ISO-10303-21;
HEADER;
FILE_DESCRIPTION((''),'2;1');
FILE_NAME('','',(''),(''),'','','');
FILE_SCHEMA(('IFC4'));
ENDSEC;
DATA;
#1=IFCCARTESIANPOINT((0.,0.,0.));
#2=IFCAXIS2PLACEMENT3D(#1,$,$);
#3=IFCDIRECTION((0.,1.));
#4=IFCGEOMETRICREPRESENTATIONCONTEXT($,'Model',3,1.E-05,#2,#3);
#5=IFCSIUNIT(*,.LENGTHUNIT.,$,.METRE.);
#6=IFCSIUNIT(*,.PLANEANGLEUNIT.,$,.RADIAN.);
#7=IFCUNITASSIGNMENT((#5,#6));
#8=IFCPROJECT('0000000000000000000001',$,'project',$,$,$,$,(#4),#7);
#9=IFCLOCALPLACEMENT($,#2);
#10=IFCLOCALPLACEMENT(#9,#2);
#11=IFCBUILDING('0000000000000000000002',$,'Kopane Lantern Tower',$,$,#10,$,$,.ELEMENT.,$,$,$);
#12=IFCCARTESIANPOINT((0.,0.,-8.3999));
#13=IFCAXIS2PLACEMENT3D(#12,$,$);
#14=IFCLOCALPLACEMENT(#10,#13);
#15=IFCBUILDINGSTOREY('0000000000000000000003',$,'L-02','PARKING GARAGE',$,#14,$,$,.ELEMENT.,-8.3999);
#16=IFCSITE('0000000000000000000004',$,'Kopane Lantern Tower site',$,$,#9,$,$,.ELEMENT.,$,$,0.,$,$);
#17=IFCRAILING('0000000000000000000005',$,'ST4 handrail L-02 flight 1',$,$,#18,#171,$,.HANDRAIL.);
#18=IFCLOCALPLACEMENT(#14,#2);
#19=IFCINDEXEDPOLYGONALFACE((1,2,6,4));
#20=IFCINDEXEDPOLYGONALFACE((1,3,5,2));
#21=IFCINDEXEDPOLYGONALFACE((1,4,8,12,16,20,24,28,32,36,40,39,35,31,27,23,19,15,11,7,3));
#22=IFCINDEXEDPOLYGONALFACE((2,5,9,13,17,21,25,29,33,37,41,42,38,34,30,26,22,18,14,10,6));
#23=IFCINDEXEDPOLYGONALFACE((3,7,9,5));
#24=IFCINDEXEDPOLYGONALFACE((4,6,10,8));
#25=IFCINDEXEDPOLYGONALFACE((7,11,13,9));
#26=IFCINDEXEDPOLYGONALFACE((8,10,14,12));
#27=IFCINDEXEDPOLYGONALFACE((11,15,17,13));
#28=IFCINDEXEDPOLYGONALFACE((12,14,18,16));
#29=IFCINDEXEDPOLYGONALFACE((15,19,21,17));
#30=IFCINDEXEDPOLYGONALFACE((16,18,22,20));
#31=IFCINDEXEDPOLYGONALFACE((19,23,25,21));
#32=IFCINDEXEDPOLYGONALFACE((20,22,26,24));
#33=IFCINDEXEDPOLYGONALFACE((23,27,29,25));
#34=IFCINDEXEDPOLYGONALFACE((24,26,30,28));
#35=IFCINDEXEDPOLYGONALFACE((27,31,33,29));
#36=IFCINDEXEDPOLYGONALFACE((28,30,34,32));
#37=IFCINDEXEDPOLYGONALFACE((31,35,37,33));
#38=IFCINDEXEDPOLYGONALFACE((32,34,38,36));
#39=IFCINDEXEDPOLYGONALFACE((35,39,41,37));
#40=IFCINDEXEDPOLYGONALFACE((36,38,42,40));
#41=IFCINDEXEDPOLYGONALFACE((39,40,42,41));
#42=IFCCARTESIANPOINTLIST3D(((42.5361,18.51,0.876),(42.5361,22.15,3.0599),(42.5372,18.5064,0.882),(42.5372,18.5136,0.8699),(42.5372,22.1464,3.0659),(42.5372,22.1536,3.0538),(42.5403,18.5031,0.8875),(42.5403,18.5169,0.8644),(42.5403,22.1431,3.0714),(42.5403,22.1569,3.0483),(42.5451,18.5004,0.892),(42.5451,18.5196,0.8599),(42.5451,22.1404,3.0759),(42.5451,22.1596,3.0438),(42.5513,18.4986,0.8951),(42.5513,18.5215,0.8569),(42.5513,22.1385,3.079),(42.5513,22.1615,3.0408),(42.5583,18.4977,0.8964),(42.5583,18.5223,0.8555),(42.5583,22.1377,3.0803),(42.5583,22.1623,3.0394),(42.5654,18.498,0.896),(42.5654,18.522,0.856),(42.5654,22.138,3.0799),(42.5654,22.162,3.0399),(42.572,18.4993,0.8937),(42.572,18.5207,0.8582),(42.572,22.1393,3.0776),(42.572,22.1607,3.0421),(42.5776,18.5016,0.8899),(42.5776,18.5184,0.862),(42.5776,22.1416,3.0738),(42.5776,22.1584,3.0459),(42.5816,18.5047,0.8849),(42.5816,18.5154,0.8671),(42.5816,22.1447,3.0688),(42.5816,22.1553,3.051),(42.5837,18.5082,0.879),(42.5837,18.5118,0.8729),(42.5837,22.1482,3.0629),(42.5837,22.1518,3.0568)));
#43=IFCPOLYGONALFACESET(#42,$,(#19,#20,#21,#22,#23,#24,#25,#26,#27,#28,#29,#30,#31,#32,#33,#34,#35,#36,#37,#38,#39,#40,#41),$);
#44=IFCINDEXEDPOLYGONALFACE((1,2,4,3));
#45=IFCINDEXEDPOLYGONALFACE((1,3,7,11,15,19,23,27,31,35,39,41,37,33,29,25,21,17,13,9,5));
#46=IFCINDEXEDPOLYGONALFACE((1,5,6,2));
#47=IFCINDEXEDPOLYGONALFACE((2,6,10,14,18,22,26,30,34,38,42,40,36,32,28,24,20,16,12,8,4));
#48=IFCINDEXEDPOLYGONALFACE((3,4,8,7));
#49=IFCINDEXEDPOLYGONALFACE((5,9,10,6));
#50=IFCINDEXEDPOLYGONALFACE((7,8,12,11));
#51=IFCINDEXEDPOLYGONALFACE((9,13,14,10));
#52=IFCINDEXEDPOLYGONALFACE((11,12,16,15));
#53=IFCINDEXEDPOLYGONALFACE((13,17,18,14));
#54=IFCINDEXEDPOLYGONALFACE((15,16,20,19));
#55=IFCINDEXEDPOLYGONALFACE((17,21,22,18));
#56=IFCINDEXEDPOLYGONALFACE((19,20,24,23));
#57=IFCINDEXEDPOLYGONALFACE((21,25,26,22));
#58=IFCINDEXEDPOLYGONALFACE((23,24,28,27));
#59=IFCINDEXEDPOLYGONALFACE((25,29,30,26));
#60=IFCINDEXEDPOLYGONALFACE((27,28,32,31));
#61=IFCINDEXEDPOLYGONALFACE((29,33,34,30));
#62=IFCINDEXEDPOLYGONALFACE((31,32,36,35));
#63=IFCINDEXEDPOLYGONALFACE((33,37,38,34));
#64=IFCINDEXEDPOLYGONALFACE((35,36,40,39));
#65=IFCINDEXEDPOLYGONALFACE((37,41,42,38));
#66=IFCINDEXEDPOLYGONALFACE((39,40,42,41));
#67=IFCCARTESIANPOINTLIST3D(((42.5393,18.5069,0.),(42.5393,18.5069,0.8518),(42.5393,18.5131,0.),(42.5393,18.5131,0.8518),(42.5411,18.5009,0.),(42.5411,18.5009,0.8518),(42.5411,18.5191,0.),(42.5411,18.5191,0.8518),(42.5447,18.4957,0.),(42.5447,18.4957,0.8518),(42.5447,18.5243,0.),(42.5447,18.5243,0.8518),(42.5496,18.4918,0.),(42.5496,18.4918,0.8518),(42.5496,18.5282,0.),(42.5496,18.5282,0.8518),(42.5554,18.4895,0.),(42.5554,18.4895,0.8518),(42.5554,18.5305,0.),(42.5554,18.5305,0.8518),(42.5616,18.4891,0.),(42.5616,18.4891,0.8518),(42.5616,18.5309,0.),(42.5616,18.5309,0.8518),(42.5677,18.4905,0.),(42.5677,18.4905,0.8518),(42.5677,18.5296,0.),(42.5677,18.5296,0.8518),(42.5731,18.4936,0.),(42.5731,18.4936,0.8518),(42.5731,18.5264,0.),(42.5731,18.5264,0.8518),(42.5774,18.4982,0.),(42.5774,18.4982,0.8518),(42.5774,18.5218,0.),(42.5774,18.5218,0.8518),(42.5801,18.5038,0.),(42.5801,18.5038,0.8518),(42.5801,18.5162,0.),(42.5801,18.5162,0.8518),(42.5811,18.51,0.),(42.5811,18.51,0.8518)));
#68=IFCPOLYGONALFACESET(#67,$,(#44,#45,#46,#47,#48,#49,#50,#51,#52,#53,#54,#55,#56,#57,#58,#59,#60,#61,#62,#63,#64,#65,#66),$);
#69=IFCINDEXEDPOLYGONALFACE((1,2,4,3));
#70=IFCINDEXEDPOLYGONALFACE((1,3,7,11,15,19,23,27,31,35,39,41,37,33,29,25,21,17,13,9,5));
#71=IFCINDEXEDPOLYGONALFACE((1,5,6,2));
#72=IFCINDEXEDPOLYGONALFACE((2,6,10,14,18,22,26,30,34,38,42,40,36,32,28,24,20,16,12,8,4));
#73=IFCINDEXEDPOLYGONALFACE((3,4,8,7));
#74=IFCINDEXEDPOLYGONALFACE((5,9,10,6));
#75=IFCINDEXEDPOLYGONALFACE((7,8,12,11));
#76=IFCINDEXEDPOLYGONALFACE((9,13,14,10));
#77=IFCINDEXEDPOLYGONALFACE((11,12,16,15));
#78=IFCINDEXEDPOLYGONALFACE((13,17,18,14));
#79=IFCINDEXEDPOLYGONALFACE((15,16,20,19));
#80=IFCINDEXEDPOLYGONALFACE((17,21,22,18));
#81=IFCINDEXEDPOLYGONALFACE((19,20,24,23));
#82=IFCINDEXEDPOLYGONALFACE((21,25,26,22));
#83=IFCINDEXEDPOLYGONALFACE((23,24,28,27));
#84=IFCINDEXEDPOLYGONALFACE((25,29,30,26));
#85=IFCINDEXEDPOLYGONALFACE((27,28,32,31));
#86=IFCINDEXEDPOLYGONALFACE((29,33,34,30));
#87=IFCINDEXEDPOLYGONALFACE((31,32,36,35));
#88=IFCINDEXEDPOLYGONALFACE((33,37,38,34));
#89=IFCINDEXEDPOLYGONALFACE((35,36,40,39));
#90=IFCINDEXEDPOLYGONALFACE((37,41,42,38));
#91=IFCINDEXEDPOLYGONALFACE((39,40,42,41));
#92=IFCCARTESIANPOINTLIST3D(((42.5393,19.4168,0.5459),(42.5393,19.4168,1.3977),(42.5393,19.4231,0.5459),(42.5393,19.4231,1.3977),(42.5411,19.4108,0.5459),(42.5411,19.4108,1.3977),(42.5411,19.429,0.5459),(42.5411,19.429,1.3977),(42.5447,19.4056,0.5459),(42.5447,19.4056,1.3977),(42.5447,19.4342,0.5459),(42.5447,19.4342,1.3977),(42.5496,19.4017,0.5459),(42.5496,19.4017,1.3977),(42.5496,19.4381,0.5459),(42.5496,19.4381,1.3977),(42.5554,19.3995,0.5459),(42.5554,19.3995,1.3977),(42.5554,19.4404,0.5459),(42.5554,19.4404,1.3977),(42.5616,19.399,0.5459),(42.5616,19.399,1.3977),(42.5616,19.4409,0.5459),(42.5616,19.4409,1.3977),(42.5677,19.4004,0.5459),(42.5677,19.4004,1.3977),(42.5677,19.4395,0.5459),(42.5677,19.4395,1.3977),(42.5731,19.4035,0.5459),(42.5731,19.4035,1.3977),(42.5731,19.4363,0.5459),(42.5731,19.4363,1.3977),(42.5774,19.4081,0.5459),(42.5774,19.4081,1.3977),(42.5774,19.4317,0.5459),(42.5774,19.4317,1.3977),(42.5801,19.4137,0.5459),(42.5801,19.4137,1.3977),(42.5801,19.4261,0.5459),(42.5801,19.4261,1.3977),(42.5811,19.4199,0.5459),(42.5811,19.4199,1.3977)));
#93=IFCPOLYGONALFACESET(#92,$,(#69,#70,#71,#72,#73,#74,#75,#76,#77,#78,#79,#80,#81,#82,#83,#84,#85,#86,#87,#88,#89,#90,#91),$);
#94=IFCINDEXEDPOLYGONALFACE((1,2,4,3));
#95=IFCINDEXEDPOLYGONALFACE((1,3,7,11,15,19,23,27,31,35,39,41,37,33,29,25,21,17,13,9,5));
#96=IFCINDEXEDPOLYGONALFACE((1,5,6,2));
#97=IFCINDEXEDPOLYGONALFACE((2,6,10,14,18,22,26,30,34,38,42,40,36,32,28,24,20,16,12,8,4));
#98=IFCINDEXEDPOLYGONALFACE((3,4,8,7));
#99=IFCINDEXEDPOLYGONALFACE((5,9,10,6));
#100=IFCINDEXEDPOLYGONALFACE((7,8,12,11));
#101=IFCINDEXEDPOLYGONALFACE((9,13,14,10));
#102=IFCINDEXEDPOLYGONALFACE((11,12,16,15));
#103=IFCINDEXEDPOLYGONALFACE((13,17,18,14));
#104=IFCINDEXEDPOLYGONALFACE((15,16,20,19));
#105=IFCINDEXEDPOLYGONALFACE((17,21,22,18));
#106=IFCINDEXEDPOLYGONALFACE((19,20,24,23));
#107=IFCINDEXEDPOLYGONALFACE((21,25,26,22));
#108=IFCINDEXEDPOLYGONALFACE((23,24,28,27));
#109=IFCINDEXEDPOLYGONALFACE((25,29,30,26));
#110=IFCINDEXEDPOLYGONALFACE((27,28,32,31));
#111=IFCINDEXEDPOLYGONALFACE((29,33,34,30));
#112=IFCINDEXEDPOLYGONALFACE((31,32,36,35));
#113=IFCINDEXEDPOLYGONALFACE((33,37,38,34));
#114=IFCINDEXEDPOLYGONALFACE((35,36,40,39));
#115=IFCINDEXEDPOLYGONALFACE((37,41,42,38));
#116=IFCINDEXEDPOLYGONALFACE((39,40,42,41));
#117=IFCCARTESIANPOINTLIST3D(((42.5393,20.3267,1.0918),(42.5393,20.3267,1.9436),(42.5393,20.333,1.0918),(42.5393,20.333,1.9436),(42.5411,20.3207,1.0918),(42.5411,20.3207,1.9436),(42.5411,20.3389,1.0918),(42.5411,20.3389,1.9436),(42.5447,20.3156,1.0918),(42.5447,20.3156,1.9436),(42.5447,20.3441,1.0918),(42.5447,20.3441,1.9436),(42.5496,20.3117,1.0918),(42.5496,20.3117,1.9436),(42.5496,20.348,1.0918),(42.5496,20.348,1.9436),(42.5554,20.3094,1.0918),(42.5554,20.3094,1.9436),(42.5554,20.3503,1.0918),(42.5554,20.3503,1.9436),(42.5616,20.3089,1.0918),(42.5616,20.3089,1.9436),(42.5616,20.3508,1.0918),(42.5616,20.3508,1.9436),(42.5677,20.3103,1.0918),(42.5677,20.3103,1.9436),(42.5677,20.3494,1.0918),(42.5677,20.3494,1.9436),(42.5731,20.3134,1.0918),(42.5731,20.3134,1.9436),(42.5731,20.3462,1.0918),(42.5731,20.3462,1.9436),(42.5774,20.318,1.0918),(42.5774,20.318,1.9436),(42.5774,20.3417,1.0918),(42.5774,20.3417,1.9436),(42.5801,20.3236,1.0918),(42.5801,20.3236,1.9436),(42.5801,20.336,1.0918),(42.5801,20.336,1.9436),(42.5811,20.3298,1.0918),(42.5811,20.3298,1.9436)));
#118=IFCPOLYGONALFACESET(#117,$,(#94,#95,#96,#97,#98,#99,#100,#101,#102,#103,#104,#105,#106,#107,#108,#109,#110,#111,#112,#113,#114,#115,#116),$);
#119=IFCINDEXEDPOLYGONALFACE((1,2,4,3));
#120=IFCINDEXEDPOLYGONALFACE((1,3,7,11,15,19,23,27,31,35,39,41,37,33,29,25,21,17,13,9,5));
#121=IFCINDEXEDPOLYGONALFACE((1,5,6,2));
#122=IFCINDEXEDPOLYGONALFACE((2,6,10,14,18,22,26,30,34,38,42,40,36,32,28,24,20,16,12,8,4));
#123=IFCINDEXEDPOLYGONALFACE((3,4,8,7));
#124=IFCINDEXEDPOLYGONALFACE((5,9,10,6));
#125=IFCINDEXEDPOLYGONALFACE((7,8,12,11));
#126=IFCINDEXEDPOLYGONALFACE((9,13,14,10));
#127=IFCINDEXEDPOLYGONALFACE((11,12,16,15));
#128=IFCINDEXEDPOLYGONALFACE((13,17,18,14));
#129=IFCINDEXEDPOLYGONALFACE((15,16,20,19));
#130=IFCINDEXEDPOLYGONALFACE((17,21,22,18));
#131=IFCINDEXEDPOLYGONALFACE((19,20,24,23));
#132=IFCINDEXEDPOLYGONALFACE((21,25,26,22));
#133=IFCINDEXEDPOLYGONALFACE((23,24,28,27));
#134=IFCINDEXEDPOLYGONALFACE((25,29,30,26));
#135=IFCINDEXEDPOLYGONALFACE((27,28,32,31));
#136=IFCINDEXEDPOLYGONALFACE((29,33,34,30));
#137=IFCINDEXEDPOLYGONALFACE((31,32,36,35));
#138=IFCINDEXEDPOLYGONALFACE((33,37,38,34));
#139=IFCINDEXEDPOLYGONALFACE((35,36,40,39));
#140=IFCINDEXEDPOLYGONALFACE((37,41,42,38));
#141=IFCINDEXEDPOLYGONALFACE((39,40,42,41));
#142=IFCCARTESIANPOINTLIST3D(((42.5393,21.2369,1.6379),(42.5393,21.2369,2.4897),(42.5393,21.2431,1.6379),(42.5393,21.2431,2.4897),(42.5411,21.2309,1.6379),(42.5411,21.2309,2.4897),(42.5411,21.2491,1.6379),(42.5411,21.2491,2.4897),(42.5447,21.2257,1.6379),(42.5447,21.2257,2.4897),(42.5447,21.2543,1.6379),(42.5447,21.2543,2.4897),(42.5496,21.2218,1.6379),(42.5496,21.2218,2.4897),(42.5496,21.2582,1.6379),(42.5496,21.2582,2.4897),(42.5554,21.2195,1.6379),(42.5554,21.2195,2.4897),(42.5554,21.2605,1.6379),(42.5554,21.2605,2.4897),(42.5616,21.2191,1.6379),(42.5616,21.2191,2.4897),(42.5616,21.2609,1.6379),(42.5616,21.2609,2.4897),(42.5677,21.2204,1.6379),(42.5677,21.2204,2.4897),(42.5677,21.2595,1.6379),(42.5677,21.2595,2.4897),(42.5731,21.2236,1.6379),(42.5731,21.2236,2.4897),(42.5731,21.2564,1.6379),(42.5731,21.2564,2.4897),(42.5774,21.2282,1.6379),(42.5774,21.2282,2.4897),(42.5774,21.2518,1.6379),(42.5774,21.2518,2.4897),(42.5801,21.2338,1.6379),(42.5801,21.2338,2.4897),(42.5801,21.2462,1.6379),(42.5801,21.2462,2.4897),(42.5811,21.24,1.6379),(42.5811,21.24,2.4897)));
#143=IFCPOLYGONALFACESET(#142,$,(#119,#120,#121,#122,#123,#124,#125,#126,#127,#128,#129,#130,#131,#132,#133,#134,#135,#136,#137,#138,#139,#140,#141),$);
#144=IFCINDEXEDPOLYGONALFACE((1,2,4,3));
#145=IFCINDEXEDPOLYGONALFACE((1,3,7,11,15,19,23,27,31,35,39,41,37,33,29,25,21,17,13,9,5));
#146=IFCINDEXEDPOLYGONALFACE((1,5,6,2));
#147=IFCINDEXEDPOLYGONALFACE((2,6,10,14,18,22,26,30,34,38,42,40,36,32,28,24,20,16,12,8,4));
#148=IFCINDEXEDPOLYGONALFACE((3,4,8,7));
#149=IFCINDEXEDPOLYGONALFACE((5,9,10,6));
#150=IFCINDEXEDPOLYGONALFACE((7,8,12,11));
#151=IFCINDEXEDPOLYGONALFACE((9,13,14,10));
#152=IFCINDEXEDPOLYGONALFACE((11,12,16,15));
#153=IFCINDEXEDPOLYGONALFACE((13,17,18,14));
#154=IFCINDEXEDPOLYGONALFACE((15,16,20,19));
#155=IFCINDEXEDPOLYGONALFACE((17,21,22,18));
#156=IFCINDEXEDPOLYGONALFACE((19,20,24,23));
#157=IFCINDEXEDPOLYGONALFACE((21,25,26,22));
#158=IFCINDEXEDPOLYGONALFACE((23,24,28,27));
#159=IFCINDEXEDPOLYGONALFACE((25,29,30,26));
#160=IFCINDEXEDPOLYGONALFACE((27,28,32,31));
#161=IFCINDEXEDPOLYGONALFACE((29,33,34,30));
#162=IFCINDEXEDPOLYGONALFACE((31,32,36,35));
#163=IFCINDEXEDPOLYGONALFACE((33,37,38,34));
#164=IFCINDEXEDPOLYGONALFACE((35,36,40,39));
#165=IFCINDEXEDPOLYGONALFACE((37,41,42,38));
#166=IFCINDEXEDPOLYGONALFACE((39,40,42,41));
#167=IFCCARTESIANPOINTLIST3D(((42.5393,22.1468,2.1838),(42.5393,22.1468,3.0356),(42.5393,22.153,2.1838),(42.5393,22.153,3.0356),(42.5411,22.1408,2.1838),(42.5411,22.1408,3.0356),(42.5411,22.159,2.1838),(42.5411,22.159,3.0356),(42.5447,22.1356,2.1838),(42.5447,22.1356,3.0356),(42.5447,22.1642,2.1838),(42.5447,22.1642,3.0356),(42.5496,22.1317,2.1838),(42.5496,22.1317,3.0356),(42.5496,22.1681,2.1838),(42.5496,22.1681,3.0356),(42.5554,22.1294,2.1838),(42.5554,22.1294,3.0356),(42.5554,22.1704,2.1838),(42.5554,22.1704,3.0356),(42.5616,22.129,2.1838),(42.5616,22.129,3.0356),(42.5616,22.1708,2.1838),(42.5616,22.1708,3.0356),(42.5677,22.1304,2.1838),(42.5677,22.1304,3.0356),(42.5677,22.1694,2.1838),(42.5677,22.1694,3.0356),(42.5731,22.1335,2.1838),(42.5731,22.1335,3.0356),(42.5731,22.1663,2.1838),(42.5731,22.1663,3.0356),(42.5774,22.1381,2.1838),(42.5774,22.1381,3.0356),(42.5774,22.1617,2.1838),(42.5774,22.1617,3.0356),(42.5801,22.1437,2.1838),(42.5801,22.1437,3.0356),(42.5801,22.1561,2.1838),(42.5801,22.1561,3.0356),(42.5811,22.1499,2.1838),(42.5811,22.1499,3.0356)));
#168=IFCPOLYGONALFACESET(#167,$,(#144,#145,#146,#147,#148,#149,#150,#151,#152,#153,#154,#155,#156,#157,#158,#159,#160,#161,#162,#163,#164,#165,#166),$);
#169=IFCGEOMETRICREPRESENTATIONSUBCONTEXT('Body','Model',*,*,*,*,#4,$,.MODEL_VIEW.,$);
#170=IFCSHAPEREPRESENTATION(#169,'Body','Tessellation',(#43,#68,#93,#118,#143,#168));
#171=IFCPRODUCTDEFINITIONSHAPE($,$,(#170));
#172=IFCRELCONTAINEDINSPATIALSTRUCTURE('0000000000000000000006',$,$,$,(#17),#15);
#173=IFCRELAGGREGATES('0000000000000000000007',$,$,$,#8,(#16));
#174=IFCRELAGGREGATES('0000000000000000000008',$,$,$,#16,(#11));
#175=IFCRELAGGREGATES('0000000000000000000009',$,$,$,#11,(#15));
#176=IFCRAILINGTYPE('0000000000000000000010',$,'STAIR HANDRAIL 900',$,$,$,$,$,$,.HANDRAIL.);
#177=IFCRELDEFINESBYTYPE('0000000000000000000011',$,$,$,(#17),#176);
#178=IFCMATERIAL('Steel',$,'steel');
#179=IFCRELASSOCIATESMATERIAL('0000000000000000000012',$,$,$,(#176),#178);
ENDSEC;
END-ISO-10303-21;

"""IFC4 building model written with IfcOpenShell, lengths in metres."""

from ifc_helpers import new_model, si_unit, direction, frame, origin, origin_2d, place, context, subcontext, project, spatial, circle, extrude, material, type_object, element, save


model = new_model("IFC4")

# Units and contexts
model_context = context("Model", 3, precision=1e-05, world=origin(), true_north=direction((0.0, 1.0)))
body_context = subcontext(model_context, "Body", "Model", "MODEL_VIEW")
ifc_project = project(units=[si_unit("LENGTHUNIT", "METRE"), si_unit("PLANEANGLEUNIT", "RADIAN")], contexts=[model_context])

# Site, building, storey
site_placement = place(None, origin())
site = spatial("IfcSite", under=ifc_project, at=site_placement, Name="Kopane Lantern Tower site", CompositionType="ELEMENT", RefElevation=0.0)
building_placement = place(site_placement, origin())
building = spatial("IfcBuilding", under=site, at=building_placement, Name="Kopane Lantern Tower", CompositionType="ELEMENT")
storey_placement = place(building_placement, frame((0.0, 0.0, -8.3999)))
storey = spatial("IfcBuildingStorey", under=building, at=storey_placement, Name="L-02", Description="PARKING GARAGE", CompositionType="ELEMENT", Elevation=-8.3999)

# Railing
ifc_material_1 = material(Name="Steel", Category="steel")
railing_type = type_object("IfcRailingType", Name="STAIR HANDRAIL 900", PredefinedType="HANDRAIL", material=ifc_material_1)
railing_placement = place(storey_placement, frame((42.5601, 18.51, 0.0)))
element("IfcRailing", 1, at=railing_placement, inside=storey, type_object=railing_type, Name="ST4 handrail L-02 flight 1", PredefinedType="HANDRAIL", context=body_context, shape_type="SweptSolid", body=[
    extrude(circle(Radius=0.0239, at=origin_2d()), frame((0.0, 0.0, 0.876), z_axis=(0.0, 0.857503, 0.514479), x_axis=(-1.0, 0.0, 0.0)), (0.0, 0.0, 1.0), 4.2449),
    extrude(circle(Radius=0.021, at=origin_2d()), origin(), (0.0, 0.0, 1.0), 0.8518),
    extrude(circle(Radius=0.021, at=origin_2d()), frame((0.0, 0.9099, 0.5459)), (0.0, 0.0, 1.0), 0.8518),
    extrude(circle(Radius=0.021, at=origin_2d()), frame((0.0, 1.8198, 1.0918)), (0.0, 0.0, 1.0), 0.8518),
    extrude(circle(Radius=0.021, at=origin_2d()), frame((0.0, 2.73, 1.6379)), (0.0, 0.0, 1.0), 0.8518),
    extrude(circle(Radius=0.021, at=origin_2d()), frame((0.0, 3.6399, 2.1838)), (0.0, 0.0, 1.0), 0.8518),
])

save(model, "model.ifc")
